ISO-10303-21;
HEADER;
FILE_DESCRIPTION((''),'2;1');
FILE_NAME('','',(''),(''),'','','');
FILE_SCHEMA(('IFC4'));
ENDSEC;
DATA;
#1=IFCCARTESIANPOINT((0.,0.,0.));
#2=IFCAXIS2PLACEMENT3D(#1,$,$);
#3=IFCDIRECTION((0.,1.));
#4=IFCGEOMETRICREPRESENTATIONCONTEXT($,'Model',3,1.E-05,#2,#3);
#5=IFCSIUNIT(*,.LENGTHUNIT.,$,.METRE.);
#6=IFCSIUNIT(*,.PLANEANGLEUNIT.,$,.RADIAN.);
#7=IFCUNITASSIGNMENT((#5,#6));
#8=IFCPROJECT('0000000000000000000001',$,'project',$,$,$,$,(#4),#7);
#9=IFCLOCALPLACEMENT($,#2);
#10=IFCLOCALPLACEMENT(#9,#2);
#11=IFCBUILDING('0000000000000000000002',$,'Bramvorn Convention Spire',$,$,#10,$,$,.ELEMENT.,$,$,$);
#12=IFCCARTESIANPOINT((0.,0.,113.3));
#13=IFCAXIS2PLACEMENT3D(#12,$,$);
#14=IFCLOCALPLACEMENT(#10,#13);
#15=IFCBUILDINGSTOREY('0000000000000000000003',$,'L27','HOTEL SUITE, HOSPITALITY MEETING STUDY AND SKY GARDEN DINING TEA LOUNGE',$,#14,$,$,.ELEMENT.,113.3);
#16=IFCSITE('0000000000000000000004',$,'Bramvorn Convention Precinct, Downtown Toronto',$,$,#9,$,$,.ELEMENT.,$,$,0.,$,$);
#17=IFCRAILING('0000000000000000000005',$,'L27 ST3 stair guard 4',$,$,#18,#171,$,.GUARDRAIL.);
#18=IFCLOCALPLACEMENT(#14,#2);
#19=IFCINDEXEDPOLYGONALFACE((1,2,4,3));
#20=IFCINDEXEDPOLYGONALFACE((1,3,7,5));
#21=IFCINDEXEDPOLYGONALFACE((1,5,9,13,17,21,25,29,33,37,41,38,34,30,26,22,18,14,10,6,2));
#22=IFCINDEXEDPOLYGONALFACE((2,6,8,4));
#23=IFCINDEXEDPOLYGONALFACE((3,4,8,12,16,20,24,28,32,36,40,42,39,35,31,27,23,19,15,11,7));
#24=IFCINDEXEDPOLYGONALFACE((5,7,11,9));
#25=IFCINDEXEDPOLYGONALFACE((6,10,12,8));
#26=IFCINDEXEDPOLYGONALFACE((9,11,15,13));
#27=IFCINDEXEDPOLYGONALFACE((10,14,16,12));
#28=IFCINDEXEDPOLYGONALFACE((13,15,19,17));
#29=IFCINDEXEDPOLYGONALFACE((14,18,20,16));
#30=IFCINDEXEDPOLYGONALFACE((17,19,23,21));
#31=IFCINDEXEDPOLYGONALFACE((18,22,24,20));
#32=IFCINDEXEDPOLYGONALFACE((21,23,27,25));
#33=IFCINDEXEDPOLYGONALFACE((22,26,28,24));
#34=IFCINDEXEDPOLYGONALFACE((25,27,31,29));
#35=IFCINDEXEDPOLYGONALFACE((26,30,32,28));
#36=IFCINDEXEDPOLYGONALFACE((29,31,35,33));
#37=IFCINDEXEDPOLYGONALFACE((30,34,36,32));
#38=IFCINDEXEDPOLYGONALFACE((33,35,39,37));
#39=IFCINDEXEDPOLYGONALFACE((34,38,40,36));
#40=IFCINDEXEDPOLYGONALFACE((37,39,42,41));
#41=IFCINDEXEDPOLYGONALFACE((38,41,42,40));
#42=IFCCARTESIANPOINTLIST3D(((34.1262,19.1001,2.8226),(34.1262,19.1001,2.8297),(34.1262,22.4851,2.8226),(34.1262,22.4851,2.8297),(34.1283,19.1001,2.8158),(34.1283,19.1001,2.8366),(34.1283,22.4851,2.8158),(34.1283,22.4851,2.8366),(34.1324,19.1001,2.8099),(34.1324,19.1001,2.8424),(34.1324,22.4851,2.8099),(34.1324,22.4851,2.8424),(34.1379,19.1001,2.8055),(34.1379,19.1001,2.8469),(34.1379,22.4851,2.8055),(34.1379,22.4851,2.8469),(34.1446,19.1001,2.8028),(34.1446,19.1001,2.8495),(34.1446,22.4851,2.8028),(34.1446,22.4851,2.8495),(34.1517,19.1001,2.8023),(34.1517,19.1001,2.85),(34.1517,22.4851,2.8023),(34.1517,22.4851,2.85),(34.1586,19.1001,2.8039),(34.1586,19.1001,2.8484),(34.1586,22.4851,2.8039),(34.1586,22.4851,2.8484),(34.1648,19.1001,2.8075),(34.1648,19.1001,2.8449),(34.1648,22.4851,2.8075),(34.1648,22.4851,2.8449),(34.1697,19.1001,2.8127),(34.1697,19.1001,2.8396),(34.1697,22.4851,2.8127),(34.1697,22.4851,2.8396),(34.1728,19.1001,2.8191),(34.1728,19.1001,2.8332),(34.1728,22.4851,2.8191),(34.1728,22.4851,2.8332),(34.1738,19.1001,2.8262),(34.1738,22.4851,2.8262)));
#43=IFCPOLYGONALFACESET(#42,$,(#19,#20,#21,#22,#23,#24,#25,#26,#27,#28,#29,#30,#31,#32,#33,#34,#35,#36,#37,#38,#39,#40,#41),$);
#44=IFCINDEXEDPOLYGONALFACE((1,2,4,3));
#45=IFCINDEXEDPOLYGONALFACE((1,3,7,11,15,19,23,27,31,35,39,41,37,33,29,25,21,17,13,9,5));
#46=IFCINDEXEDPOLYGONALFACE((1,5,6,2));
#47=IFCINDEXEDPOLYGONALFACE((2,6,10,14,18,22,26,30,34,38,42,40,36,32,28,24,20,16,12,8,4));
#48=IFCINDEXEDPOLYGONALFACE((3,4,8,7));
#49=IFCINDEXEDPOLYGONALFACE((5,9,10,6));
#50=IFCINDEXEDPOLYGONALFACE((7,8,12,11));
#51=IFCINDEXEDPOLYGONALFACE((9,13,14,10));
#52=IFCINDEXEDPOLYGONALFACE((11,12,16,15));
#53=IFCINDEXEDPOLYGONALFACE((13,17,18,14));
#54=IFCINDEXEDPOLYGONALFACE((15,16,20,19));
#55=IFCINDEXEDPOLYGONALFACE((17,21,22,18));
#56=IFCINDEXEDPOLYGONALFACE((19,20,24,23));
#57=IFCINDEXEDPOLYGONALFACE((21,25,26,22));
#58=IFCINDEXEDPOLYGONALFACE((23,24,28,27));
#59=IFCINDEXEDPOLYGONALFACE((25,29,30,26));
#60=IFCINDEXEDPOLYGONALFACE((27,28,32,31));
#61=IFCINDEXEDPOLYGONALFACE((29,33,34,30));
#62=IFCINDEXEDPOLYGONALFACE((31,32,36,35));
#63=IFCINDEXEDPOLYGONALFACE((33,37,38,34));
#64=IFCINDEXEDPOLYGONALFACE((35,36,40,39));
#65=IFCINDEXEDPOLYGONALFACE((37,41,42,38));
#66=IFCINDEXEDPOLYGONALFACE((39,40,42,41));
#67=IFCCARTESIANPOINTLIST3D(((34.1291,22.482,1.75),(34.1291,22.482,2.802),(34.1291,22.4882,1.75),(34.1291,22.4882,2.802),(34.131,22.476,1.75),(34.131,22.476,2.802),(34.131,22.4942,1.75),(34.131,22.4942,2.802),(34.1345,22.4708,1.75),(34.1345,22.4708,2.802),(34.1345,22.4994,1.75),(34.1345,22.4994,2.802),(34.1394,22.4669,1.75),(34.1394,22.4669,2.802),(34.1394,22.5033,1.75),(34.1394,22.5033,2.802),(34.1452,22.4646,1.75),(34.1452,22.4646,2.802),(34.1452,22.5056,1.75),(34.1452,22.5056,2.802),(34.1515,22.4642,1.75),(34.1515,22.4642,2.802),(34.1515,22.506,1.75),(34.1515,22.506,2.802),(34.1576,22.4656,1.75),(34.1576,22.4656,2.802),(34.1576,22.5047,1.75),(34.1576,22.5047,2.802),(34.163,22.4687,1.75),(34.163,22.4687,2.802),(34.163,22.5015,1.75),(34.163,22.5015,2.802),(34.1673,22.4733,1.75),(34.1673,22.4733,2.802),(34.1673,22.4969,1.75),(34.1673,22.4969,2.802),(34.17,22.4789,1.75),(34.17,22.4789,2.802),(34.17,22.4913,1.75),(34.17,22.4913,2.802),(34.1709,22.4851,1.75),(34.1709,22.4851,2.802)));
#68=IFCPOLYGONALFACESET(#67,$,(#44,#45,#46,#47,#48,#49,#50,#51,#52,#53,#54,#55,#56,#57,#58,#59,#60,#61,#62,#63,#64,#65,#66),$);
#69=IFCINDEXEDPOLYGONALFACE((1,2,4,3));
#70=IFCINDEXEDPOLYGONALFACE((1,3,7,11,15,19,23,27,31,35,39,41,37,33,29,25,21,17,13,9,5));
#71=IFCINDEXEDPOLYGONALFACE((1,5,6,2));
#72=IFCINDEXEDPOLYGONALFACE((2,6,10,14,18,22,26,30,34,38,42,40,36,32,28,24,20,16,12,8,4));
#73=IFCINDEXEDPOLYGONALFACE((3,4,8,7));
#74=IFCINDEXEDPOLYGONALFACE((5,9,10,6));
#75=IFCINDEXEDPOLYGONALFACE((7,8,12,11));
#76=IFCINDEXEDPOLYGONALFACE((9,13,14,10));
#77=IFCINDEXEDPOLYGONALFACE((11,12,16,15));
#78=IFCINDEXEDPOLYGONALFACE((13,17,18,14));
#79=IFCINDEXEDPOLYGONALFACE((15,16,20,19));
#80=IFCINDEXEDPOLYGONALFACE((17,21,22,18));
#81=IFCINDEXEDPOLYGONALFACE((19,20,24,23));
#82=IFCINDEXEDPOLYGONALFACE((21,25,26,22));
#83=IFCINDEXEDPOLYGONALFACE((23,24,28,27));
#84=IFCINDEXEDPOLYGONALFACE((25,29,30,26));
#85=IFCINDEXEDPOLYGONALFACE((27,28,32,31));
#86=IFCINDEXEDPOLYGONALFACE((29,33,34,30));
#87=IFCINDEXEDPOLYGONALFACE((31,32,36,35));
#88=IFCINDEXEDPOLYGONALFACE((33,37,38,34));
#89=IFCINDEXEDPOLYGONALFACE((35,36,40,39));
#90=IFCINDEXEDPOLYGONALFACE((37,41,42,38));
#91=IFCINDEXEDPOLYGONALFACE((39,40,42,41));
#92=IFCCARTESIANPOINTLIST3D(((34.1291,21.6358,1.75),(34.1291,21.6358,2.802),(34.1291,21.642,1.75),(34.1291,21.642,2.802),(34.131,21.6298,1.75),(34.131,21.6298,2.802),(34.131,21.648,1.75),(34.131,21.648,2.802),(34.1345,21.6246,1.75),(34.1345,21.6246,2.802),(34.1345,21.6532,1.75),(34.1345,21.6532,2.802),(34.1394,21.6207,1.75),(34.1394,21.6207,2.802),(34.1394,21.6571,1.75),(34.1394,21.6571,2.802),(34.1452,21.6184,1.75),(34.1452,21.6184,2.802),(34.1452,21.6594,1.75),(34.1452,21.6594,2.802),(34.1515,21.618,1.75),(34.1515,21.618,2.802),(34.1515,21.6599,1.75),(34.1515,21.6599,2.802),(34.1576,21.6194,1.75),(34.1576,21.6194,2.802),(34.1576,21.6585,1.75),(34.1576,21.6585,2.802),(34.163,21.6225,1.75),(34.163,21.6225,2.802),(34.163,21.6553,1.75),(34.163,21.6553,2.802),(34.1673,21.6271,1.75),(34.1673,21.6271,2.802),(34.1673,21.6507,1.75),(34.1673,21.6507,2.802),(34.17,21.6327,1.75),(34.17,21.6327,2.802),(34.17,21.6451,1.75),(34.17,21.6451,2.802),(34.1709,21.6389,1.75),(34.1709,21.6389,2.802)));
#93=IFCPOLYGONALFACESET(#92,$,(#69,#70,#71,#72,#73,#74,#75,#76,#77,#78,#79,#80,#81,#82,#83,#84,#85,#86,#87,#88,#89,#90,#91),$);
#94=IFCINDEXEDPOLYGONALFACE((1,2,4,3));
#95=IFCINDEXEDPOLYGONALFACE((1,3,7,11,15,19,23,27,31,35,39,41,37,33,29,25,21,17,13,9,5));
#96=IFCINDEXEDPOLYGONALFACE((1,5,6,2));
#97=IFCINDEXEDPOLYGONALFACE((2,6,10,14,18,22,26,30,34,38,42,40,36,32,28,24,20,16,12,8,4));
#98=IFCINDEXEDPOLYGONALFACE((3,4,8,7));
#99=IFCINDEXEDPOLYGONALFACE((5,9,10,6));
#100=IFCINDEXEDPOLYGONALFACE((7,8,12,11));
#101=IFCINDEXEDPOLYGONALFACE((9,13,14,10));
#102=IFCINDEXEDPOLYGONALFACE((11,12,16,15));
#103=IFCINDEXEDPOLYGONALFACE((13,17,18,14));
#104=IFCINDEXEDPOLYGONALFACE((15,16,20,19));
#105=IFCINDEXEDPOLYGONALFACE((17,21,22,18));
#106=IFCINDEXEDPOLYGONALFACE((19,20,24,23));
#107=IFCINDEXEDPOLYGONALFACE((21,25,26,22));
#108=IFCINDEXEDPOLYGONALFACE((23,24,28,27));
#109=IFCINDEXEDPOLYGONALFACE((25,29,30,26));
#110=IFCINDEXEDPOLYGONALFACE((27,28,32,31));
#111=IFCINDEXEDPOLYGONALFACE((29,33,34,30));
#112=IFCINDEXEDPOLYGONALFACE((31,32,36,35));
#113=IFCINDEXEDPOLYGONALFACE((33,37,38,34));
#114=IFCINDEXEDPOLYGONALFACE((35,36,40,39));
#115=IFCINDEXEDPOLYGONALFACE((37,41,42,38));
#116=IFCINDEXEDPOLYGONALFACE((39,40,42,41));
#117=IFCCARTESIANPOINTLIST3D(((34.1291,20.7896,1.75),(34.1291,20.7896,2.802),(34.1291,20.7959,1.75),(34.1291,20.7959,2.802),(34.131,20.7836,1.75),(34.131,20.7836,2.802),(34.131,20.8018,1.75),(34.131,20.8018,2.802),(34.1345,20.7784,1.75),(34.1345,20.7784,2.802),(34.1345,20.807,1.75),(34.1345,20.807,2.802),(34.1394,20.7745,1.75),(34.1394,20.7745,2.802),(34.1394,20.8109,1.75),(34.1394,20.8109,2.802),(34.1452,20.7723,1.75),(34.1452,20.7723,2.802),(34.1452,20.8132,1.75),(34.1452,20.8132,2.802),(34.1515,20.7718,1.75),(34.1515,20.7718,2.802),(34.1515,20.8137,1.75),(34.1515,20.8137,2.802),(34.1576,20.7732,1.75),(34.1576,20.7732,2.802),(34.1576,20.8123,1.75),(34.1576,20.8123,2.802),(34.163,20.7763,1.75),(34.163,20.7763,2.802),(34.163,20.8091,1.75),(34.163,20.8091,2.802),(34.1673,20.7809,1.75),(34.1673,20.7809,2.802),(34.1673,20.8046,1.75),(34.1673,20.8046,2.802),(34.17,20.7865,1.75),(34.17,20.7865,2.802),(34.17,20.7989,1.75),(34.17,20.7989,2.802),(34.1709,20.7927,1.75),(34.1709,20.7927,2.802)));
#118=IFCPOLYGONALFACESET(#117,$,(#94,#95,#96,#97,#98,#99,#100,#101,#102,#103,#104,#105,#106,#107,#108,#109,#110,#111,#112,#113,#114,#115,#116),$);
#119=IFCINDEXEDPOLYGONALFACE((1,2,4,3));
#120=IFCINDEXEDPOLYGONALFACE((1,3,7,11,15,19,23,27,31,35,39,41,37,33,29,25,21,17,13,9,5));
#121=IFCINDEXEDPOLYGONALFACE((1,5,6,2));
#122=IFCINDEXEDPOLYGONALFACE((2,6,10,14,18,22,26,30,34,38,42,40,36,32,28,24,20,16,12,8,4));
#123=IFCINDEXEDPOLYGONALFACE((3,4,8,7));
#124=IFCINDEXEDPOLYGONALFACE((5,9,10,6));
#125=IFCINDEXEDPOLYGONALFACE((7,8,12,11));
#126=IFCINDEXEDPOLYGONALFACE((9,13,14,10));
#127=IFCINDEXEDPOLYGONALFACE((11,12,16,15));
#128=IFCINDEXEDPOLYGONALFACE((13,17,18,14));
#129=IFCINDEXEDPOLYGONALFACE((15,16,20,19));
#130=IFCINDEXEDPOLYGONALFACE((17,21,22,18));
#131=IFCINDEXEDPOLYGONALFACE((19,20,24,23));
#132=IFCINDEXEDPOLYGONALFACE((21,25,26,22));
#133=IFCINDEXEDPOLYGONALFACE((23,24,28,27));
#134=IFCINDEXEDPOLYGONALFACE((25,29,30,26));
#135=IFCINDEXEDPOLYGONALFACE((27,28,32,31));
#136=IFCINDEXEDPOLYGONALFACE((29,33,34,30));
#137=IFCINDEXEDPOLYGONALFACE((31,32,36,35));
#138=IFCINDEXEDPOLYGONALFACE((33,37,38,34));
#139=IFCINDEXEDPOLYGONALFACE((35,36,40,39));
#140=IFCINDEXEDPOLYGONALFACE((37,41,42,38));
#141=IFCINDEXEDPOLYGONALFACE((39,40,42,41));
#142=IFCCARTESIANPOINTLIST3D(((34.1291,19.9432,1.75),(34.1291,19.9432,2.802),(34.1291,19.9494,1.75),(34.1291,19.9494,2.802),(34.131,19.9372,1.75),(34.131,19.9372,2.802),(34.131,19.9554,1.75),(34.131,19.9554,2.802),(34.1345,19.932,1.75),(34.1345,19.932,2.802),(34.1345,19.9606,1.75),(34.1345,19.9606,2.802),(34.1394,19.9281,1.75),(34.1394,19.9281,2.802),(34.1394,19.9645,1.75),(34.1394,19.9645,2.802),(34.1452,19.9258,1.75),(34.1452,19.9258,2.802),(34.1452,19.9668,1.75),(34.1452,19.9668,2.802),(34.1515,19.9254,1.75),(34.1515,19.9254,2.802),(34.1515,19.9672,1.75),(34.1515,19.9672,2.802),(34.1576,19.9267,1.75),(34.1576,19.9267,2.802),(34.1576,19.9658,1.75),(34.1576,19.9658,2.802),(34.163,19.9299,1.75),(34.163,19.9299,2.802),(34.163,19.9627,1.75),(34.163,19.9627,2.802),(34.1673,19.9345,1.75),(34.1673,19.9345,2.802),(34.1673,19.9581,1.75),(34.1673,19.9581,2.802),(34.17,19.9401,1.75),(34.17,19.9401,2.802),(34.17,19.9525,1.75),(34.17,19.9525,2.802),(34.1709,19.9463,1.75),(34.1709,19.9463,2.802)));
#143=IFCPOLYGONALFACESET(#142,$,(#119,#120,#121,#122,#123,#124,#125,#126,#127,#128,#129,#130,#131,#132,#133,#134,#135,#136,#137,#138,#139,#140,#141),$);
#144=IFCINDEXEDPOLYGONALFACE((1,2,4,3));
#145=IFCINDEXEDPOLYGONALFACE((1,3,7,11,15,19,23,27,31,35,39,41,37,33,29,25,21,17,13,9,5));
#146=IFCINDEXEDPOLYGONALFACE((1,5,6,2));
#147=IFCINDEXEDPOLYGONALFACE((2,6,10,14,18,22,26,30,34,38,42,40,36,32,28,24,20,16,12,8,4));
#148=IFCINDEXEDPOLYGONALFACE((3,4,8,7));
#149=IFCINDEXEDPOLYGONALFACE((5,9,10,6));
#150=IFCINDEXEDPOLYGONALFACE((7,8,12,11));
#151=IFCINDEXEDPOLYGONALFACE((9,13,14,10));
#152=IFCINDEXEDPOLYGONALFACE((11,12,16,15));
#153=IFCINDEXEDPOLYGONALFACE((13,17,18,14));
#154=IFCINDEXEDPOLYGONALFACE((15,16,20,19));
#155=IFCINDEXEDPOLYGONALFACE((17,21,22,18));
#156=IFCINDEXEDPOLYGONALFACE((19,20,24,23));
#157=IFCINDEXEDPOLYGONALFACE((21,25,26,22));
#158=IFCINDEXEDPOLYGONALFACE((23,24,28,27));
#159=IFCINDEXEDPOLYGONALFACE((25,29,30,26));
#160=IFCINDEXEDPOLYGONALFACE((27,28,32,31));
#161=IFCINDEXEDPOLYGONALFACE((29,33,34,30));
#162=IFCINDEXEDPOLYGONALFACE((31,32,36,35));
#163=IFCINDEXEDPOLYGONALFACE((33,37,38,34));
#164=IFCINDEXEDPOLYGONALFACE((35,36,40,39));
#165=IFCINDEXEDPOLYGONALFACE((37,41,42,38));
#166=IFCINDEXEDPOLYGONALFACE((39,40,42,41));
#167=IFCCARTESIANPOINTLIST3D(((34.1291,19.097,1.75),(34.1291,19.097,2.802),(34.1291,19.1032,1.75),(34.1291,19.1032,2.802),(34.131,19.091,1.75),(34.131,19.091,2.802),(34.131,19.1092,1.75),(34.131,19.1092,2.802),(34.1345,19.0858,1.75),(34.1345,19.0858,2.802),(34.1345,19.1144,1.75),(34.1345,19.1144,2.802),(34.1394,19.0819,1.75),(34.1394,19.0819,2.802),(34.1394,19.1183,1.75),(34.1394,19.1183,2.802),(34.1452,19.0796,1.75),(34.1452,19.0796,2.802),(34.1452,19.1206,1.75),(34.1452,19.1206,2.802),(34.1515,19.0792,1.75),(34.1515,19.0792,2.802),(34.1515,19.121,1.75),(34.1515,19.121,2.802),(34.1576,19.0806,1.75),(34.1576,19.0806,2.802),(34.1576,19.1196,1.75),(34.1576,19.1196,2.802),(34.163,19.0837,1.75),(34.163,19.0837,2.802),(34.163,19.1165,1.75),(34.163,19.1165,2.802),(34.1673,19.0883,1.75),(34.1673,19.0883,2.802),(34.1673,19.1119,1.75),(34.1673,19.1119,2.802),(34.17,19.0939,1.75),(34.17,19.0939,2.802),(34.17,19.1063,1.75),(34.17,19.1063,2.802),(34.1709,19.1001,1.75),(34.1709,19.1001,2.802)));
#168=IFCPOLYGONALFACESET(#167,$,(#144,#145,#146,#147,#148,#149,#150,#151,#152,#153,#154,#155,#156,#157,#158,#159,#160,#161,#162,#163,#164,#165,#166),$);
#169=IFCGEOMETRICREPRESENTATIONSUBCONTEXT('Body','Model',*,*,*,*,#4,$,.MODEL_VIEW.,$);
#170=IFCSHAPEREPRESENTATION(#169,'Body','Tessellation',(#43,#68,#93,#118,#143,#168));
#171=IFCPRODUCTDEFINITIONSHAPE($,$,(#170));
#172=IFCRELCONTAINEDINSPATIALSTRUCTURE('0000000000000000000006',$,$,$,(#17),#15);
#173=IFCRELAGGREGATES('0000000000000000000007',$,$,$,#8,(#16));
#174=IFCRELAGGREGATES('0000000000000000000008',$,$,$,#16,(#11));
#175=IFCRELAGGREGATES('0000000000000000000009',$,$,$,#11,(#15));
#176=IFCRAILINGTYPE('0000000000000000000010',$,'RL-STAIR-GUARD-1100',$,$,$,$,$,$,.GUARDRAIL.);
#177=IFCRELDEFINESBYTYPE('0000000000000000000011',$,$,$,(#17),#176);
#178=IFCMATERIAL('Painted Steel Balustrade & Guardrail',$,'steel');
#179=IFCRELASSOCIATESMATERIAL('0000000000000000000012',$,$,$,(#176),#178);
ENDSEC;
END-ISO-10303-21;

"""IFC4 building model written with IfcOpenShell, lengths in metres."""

from ifc_helpers import new_model, si_unit, direction, frame, origin, origin_2d, place, context, subcontext, project, spatial, circle, extrude, material, type_object, element, save


model = new_model("IFC4")

# Units and contexts
model_context = context("Model", 3, precision=1e-05, world=origin(), true_north=direction((0.0, 1.0)))
body_context = subcontext(model_context, "Body", "Model", "MODEL_VIEW")
ifc_project = project(units=[si_unit("LENGTHUNIT", "METRE"), si_unit("PLANEANGLEUNIT", "RADIAN")], contexts=[model_context])

# Site, building, storey
site_placement = place(None, origin())
site = spatial("IfcSite", under=ifc_project, at=site_placement, Name="Bramvorn Convention Precinct, Downtown Toronto", CompositionType="ELEMENT", RefElevation=0.0)
building_placement = place(site_placement, origin())
building = spatial("IfcBuilding", under=site, at=building_placement, Name="Bramvorn Convention Spire", CompositionType="ELEMENT")
storey_placement = place(building_placement, frame((0.0, 0.0, 113.3)))
storey = spatial("IfcBuildingStorey", under=building, at=storey_placement, Name="L27", Description="HOTEL SUITE, HOSPITALITY MEETING STUDY AND SKY GARDEN DINING TEA LOUNGE", CompositionType="ELEMENT", Elevation=113.3)

# Railing
ifc_material_1 = material(Name="Painted Steel Balustrade & Guardrail", Category="steel")
railing_type_1 = type_object("IfcRailingType", Name="RL-STAIR-GUARD-1100", PredefinedType="GUARDRAIL", material=ifc_material_1)
railing_1_placement = place(storey_placement, frame((34.1499, 22.4851, 1.75)))
element("IfcRailing", 1, at=railing_1_placement, inside=storey, type_object=railing_type_1, Name="L27 ST3 stair guard 4", PredefinedType="GUARDRAIL", context=body_context, shape_type="SweptSolid", body=[
    extrude(circle(Radius=0.0239, at=origin_2d()), frame((0.0, 0.0, 1.0762), z_axis=(0.0, -1.0, 0.0), x_axis=(1.0, 0.0, 0.0)), (0.0, 0.0, 1.0), 3.385),
    extrude(circle(Radius=0.021, at=origin_2d()), origin(), (0.0, 0.0, 1.0), 1.052),
    extrude(circle(Radius=0.021, at=origin_2d()), frame((0.0, -0.8462, 0.0)), (0.0, 0.0, 1.0), 1.052),
    extrude(circle(Radius=0.021, at=origin_2d()), frame((0.0, -1.6924, 0.0)), (0.0, 0.0, 1.0), 1.052),
    extrude(circle(Radius=0.021, at=origin_2d()), frame((0.0, -2.5388, 0.0)), (0.0, 0.0, 1.0), 1.052),
    extrude(circle(Radius=0.021, at=origin_2d()), frame((0.0, -3.385, 0.0)), (0.0, 0.0, 1.0), 1.052),
])

save(model, "model.ifc")
